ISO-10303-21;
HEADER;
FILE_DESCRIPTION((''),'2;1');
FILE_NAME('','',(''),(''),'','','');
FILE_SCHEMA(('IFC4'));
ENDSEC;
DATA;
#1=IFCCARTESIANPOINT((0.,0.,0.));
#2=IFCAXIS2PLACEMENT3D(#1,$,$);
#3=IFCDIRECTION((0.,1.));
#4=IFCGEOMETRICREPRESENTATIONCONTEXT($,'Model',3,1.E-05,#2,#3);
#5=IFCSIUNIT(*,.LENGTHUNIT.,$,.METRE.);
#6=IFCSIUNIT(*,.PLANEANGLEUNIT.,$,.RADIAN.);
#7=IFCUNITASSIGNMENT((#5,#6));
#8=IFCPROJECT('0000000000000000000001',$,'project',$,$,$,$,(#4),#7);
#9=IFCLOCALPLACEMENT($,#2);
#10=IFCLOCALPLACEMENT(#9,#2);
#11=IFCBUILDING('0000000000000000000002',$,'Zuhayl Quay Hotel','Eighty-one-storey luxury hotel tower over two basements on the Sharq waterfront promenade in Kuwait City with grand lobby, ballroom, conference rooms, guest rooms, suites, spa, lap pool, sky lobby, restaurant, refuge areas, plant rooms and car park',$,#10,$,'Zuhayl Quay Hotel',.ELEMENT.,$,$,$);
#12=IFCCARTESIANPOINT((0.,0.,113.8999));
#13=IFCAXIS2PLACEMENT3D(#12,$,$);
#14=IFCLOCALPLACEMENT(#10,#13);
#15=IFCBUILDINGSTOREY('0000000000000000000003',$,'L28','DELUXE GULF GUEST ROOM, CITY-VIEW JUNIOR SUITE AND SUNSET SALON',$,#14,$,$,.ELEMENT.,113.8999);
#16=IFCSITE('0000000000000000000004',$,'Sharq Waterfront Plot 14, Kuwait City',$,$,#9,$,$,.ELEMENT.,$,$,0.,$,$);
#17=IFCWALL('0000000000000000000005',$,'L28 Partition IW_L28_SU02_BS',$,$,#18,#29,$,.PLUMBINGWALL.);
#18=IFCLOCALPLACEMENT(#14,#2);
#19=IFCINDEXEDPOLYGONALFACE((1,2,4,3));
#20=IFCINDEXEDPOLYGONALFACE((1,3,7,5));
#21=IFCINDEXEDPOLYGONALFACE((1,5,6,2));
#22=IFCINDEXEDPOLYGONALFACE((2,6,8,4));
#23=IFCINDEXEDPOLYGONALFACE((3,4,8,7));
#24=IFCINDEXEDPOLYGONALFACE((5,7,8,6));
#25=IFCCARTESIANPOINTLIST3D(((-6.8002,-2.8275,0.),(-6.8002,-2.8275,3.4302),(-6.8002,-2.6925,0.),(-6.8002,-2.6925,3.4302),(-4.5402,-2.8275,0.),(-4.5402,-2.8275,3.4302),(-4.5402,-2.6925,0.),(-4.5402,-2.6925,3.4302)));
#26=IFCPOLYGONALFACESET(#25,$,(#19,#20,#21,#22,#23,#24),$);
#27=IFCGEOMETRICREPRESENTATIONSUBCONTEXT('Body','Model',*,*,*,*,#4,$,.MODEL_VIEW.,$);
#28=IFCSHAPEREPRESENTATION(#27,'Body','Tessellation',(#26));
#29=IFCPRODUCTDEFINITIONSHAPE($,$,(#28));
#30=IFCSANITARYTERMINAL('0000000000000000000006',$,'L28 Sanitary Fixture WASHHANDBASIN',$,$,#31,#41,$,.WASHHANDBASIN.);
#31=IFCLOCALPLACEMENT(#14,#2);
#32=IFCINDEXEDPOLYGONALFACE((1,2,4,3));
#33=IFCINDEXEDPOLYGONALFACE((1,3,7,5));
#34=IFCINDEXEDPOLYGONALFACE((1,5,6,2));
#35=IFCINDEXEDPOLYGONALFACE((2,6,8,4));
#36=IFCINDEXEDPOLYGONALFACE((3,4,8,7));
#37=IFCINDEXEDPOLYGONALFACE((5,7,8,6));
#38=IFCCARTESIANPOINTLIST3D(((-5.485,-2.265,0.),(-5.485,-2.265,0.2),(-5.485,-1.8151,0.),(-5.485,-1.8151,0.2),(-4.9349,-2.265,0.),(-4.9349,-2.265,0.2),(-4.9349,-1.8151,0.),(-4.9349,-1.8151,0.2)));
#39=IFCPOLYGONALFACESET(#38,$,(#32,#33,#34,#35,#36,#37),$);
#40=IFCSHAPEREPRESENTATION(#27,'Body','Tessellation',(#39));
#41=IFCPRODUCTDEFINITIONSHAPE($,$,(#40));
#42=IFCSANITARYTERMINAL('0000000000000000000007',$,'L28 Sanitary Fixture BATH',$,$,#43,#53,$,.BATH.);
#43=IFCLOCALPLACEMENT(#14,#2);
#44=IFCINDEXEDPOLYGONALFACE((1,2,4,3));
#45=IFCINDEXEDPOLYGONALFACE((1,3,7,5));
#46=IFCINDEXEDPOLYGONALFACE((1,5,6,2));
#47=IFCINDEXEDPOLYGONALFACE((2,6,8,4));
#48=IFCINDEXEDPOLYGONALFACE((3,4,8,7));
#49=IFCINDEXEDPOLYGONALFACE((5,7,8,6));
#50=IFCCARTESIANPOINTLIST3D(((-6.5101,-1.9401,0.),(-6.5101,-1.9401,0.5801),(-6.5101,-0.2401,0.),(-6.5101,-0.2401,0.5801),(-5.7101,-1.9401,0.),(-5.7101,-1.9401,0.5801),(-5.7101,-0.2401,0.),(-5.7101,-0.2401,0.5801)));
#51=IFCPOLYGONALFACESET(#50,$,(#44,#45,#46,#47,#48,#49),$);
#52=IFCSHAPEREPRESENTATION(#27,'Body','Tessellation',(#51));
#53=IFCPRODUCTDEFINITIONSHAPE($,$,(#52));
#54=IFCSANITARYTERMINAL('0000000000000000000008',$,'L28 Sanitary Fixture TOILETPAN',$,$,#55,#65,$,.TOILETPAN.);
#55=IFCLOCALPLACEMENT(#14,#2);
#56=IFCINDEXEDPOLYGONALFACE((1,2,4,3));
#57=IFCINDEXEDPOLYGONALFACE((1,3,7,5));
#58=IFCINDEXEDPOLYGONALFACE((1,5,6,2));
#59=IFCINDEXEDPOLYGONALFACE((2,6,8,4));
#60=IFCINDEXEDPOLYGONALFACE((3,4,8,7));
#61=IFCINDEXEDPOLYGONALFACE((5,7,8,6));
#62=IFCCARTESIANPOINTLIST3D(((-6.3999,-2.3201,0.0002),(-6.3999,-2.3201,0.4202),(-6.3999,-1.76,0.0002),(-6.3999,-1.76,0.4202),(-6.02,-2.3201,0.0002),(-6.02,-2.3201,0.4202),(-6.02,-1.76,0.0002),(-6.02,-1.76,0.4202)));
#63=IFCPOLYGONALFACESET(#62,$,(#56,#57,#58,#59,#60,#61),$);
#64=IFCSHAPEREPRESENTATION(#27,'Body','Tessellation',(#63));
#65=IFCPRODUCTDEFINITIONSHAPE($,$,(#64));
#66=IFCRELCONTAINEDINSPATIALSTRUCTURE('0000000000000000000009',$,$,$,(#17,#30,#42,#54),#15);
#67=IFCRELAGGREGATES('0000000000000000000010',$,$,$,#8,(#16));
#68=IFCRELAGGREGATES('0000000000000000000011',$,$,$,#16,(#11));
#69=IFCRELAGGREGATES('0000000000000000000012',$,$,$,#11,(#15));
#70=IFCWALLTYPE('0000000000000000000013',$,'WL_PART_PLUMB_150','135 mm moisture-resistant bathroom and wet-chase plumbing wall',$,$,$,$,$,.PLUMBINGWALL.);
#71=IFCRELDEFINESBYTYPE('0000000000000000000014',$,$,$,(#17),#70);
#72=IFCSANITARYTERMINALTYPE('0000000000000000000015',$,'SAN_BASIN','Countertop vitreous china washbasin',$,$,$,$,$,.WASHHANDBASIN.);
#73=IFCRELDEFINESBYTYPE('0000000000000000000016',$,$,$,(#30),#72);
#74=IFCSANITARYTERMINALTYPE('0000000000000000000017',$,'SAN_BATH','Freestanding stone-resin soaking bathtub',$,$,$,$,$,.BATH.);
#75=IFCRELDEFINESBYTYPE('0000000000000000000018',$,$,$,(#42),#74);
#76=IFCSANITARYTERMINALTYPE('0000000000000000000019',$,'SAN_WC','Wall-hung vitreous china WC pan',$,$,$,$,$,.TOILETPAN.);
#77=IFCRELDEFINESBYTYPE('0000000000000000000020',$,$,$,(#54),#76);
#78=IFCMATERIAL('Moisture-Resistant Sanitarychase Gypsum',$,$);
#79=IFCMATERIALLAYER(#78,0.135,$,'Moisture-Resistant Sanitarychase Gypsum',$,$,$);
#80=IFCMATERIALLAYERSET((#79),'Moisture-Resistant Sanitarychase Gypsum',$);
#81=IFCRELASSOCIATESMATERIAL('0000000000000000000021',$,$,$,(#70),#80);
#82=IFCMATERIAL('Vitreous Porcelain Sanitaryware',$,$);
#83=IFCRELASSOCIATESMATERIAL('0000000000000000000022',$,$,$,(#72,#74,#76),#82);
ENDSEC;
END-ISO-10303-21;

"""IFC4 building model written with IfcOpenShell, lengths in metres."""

from ifc_helpers import new_model, si_unit, direction, frame, frame_2d, origin, origin_2d, place, context, subcontext, project, spatial, rectangle, extrude, material, layer, layer_set, type_object, element, save


model = new_model("IFC4")

# Units and contexts
model_context = context("Model", 3, precision=1e-05, world=origin(), true_north=direction((0.0, 1.0)))
body_context = subcontext(model_context, "Body", "Model", "MODEL_VIEW")
ifc_project = project(units=[si_unit("LENGTHUNIT", "METRE"), si_unit("PLANEANGLEUNIT", "RADIAN")], contexts=[model_context])

# Site, building, storey
site_placement = place(None, origin())
site = spatial("IfcSite", under=ifc_project, at=site_placement, Name="Sharq Waterfront Plot 14, Kuwait City", CompositionType="ELEMENT", RefElevation=0.0)
building_placement = place(site_placement, origin())
building = spatial("IfcBuilding", under=site, at=building_placement, Name="Zuhayl Quay Hotel", Description="Eighty-one-storey luxury hotel tower over two basements on the Sharq waterfront promenade in Kuwait City with grand lobby, ballroom, conference rooms, guest rooms, suites, spa, lap pool, sky lobby, restaurant, refuge areas, plant rooms and car park", LongName="Zuhayl Quay Hotel", CompositionType="ELEMENT")
storey_placement = place(building_placement, frame((0.0, 0.0, 113.8999)))
storey = spatial("IfcBuildingStorey", under=building, at=storey_placement, Name="L28", Description="DELUXE GULF GUEST ROOM, CITY-VIEW JUNIOR SUITE AND SUNSET SALON", CompositionType="ELEMENT", Elevation=113.8999)

# Shared definitions
ifc_material_1 = material(Name="Moisture-Resistant Sanitarychase Gypsum")
ifc_layer_1 = layer(ifc_material_1, 0.135, Name="Moisture-Resistant Sanitarychase Gypsum")
ifc_layer_set_1 = layer_set([ifc_layer_1], Name="Moisture-Resistant Sanitarychase Gypsum")
wall_type_1 = type_object("IfcWallType", Name="WL_PART_PLUMB_150", Description="135 mm moisture-resistant bathroom and wet-chase plumbing wall", PredefinedType="PLUMBINGWALL", material=ifc_layer_set_1)

# Wall
wall_1_placement = place(storey_placement, frame((-6.8, -2.76, 0.0), z_axis=(0.0, 0.0, 1.0), x_axis=(1.0, 0.0, 0.0)))
element("IfcWall", 1, at=wall_1_placement, inside=storey, type_object=wall_type_1, Name="L28 Partition IW_L28_SU02_BS", PredefinedType="PLUMBINGWALL", context=body_context, shape_type="SweptSolid", body=[
    extrude(rectangle(XDim=2.26, YDim=0.135, at=frame_2d((1.1299, 0.0))), origin(), (0.0, 0.0, 1.0), 3.4302),
])

# Sanitary terminals
ifc_material_2 = material(Name="Vitreous Porcelain Sanitaryware")
sanitary_terminal_type_1 = type_object("IfcSanitaryTerminalType", Name="SAN_BASIN", Description="Countertop vitreous china washbasin", PredefinedType="WASHHANDBASIN", material=ifc_material_2)
sanitary_terminal_1_placement = place(storey_placement, frame((-5.21, -2.04, 0.0), z_axis=(0.0, 0.0, 1.0), x_axis=(1.0, 0.0, 0.0)))
element("IfcSanitaryTerminal", 2, at=sanitary_terminal_1_placement, inside=storey, type_object=sanitary_terminal_type_1, Name="L28 Sanitary Fixture WASHHANDBASIN", PredefinedType="WASHHANDBASIN", context=body_context, shape_type="SweptSolid", body=[
    extrude(rectangle(XDim=0.55, YDim=0.45, at=origin_2d()), origin(), (0.0, 0.0, 1.0), 0.2),
])
sanitary_terminal_type_2 = type_object("IfcSanitaryTerminalType", Name="SAN_BATH", Description="Freestanding stone-resin soaking bathtub", PredefinedType="BATH", material=ifc_material_2)
sanitary_terminal_2_placement = place(storey_placement, frame((-6.1101, -1.0901, 0.0), z_axis=(0.0, 0.0, 1.0), x_axis=(1.0, 0.0, 0.0)))
element("IfcSanitaryTerminal", 3, at=sanitary_terminal_2_placement, inside=storey, type_object=sanitary_terminal_type_2, Name="L28 Sanitary Fixture BATH", PredefinedType="BATH", context=body_context, shape_type="SweptSolid", body=[
    extrude(rectangle(XDim=0.8, YDim=1.7, at=origin_2d()), origin(), (0.0, 0.0, 1.0), 0.5801),
])
sanitary_terminal_type_3 = type_object("IfcSanitaryTerminalType", Name="SAN_WC", Description="Wall-hung vitreous china WC pan", PredefinedType="TOILETPAN", material=ifc_material_2)
sanitary_terminal_3_placement = place(storey_placement, frame((-6.21, -2.04, 0.0002), z_axis=(0.0, 0.0, 1.0), x_axis=(1.0, 0.0, 0.0)))
element("IfcSanitaryTerminal", 4, at=sanitary_terminal_3_placement, inside=storey, type_object=sanitary_terminal_type_3, Name="L28 Sanitary Fixture TOILETPAN", PredefinedType="TOILETPAN", context=body_context, shape_type="SweptSolid", body=[
    extrude(rectangle(XDim=0.3799, YDim=0.5601, at=origin_2d()), origin(), (0.0, 0.0, 1.0), 0.4199),
])

save(model, "model.ifc")
